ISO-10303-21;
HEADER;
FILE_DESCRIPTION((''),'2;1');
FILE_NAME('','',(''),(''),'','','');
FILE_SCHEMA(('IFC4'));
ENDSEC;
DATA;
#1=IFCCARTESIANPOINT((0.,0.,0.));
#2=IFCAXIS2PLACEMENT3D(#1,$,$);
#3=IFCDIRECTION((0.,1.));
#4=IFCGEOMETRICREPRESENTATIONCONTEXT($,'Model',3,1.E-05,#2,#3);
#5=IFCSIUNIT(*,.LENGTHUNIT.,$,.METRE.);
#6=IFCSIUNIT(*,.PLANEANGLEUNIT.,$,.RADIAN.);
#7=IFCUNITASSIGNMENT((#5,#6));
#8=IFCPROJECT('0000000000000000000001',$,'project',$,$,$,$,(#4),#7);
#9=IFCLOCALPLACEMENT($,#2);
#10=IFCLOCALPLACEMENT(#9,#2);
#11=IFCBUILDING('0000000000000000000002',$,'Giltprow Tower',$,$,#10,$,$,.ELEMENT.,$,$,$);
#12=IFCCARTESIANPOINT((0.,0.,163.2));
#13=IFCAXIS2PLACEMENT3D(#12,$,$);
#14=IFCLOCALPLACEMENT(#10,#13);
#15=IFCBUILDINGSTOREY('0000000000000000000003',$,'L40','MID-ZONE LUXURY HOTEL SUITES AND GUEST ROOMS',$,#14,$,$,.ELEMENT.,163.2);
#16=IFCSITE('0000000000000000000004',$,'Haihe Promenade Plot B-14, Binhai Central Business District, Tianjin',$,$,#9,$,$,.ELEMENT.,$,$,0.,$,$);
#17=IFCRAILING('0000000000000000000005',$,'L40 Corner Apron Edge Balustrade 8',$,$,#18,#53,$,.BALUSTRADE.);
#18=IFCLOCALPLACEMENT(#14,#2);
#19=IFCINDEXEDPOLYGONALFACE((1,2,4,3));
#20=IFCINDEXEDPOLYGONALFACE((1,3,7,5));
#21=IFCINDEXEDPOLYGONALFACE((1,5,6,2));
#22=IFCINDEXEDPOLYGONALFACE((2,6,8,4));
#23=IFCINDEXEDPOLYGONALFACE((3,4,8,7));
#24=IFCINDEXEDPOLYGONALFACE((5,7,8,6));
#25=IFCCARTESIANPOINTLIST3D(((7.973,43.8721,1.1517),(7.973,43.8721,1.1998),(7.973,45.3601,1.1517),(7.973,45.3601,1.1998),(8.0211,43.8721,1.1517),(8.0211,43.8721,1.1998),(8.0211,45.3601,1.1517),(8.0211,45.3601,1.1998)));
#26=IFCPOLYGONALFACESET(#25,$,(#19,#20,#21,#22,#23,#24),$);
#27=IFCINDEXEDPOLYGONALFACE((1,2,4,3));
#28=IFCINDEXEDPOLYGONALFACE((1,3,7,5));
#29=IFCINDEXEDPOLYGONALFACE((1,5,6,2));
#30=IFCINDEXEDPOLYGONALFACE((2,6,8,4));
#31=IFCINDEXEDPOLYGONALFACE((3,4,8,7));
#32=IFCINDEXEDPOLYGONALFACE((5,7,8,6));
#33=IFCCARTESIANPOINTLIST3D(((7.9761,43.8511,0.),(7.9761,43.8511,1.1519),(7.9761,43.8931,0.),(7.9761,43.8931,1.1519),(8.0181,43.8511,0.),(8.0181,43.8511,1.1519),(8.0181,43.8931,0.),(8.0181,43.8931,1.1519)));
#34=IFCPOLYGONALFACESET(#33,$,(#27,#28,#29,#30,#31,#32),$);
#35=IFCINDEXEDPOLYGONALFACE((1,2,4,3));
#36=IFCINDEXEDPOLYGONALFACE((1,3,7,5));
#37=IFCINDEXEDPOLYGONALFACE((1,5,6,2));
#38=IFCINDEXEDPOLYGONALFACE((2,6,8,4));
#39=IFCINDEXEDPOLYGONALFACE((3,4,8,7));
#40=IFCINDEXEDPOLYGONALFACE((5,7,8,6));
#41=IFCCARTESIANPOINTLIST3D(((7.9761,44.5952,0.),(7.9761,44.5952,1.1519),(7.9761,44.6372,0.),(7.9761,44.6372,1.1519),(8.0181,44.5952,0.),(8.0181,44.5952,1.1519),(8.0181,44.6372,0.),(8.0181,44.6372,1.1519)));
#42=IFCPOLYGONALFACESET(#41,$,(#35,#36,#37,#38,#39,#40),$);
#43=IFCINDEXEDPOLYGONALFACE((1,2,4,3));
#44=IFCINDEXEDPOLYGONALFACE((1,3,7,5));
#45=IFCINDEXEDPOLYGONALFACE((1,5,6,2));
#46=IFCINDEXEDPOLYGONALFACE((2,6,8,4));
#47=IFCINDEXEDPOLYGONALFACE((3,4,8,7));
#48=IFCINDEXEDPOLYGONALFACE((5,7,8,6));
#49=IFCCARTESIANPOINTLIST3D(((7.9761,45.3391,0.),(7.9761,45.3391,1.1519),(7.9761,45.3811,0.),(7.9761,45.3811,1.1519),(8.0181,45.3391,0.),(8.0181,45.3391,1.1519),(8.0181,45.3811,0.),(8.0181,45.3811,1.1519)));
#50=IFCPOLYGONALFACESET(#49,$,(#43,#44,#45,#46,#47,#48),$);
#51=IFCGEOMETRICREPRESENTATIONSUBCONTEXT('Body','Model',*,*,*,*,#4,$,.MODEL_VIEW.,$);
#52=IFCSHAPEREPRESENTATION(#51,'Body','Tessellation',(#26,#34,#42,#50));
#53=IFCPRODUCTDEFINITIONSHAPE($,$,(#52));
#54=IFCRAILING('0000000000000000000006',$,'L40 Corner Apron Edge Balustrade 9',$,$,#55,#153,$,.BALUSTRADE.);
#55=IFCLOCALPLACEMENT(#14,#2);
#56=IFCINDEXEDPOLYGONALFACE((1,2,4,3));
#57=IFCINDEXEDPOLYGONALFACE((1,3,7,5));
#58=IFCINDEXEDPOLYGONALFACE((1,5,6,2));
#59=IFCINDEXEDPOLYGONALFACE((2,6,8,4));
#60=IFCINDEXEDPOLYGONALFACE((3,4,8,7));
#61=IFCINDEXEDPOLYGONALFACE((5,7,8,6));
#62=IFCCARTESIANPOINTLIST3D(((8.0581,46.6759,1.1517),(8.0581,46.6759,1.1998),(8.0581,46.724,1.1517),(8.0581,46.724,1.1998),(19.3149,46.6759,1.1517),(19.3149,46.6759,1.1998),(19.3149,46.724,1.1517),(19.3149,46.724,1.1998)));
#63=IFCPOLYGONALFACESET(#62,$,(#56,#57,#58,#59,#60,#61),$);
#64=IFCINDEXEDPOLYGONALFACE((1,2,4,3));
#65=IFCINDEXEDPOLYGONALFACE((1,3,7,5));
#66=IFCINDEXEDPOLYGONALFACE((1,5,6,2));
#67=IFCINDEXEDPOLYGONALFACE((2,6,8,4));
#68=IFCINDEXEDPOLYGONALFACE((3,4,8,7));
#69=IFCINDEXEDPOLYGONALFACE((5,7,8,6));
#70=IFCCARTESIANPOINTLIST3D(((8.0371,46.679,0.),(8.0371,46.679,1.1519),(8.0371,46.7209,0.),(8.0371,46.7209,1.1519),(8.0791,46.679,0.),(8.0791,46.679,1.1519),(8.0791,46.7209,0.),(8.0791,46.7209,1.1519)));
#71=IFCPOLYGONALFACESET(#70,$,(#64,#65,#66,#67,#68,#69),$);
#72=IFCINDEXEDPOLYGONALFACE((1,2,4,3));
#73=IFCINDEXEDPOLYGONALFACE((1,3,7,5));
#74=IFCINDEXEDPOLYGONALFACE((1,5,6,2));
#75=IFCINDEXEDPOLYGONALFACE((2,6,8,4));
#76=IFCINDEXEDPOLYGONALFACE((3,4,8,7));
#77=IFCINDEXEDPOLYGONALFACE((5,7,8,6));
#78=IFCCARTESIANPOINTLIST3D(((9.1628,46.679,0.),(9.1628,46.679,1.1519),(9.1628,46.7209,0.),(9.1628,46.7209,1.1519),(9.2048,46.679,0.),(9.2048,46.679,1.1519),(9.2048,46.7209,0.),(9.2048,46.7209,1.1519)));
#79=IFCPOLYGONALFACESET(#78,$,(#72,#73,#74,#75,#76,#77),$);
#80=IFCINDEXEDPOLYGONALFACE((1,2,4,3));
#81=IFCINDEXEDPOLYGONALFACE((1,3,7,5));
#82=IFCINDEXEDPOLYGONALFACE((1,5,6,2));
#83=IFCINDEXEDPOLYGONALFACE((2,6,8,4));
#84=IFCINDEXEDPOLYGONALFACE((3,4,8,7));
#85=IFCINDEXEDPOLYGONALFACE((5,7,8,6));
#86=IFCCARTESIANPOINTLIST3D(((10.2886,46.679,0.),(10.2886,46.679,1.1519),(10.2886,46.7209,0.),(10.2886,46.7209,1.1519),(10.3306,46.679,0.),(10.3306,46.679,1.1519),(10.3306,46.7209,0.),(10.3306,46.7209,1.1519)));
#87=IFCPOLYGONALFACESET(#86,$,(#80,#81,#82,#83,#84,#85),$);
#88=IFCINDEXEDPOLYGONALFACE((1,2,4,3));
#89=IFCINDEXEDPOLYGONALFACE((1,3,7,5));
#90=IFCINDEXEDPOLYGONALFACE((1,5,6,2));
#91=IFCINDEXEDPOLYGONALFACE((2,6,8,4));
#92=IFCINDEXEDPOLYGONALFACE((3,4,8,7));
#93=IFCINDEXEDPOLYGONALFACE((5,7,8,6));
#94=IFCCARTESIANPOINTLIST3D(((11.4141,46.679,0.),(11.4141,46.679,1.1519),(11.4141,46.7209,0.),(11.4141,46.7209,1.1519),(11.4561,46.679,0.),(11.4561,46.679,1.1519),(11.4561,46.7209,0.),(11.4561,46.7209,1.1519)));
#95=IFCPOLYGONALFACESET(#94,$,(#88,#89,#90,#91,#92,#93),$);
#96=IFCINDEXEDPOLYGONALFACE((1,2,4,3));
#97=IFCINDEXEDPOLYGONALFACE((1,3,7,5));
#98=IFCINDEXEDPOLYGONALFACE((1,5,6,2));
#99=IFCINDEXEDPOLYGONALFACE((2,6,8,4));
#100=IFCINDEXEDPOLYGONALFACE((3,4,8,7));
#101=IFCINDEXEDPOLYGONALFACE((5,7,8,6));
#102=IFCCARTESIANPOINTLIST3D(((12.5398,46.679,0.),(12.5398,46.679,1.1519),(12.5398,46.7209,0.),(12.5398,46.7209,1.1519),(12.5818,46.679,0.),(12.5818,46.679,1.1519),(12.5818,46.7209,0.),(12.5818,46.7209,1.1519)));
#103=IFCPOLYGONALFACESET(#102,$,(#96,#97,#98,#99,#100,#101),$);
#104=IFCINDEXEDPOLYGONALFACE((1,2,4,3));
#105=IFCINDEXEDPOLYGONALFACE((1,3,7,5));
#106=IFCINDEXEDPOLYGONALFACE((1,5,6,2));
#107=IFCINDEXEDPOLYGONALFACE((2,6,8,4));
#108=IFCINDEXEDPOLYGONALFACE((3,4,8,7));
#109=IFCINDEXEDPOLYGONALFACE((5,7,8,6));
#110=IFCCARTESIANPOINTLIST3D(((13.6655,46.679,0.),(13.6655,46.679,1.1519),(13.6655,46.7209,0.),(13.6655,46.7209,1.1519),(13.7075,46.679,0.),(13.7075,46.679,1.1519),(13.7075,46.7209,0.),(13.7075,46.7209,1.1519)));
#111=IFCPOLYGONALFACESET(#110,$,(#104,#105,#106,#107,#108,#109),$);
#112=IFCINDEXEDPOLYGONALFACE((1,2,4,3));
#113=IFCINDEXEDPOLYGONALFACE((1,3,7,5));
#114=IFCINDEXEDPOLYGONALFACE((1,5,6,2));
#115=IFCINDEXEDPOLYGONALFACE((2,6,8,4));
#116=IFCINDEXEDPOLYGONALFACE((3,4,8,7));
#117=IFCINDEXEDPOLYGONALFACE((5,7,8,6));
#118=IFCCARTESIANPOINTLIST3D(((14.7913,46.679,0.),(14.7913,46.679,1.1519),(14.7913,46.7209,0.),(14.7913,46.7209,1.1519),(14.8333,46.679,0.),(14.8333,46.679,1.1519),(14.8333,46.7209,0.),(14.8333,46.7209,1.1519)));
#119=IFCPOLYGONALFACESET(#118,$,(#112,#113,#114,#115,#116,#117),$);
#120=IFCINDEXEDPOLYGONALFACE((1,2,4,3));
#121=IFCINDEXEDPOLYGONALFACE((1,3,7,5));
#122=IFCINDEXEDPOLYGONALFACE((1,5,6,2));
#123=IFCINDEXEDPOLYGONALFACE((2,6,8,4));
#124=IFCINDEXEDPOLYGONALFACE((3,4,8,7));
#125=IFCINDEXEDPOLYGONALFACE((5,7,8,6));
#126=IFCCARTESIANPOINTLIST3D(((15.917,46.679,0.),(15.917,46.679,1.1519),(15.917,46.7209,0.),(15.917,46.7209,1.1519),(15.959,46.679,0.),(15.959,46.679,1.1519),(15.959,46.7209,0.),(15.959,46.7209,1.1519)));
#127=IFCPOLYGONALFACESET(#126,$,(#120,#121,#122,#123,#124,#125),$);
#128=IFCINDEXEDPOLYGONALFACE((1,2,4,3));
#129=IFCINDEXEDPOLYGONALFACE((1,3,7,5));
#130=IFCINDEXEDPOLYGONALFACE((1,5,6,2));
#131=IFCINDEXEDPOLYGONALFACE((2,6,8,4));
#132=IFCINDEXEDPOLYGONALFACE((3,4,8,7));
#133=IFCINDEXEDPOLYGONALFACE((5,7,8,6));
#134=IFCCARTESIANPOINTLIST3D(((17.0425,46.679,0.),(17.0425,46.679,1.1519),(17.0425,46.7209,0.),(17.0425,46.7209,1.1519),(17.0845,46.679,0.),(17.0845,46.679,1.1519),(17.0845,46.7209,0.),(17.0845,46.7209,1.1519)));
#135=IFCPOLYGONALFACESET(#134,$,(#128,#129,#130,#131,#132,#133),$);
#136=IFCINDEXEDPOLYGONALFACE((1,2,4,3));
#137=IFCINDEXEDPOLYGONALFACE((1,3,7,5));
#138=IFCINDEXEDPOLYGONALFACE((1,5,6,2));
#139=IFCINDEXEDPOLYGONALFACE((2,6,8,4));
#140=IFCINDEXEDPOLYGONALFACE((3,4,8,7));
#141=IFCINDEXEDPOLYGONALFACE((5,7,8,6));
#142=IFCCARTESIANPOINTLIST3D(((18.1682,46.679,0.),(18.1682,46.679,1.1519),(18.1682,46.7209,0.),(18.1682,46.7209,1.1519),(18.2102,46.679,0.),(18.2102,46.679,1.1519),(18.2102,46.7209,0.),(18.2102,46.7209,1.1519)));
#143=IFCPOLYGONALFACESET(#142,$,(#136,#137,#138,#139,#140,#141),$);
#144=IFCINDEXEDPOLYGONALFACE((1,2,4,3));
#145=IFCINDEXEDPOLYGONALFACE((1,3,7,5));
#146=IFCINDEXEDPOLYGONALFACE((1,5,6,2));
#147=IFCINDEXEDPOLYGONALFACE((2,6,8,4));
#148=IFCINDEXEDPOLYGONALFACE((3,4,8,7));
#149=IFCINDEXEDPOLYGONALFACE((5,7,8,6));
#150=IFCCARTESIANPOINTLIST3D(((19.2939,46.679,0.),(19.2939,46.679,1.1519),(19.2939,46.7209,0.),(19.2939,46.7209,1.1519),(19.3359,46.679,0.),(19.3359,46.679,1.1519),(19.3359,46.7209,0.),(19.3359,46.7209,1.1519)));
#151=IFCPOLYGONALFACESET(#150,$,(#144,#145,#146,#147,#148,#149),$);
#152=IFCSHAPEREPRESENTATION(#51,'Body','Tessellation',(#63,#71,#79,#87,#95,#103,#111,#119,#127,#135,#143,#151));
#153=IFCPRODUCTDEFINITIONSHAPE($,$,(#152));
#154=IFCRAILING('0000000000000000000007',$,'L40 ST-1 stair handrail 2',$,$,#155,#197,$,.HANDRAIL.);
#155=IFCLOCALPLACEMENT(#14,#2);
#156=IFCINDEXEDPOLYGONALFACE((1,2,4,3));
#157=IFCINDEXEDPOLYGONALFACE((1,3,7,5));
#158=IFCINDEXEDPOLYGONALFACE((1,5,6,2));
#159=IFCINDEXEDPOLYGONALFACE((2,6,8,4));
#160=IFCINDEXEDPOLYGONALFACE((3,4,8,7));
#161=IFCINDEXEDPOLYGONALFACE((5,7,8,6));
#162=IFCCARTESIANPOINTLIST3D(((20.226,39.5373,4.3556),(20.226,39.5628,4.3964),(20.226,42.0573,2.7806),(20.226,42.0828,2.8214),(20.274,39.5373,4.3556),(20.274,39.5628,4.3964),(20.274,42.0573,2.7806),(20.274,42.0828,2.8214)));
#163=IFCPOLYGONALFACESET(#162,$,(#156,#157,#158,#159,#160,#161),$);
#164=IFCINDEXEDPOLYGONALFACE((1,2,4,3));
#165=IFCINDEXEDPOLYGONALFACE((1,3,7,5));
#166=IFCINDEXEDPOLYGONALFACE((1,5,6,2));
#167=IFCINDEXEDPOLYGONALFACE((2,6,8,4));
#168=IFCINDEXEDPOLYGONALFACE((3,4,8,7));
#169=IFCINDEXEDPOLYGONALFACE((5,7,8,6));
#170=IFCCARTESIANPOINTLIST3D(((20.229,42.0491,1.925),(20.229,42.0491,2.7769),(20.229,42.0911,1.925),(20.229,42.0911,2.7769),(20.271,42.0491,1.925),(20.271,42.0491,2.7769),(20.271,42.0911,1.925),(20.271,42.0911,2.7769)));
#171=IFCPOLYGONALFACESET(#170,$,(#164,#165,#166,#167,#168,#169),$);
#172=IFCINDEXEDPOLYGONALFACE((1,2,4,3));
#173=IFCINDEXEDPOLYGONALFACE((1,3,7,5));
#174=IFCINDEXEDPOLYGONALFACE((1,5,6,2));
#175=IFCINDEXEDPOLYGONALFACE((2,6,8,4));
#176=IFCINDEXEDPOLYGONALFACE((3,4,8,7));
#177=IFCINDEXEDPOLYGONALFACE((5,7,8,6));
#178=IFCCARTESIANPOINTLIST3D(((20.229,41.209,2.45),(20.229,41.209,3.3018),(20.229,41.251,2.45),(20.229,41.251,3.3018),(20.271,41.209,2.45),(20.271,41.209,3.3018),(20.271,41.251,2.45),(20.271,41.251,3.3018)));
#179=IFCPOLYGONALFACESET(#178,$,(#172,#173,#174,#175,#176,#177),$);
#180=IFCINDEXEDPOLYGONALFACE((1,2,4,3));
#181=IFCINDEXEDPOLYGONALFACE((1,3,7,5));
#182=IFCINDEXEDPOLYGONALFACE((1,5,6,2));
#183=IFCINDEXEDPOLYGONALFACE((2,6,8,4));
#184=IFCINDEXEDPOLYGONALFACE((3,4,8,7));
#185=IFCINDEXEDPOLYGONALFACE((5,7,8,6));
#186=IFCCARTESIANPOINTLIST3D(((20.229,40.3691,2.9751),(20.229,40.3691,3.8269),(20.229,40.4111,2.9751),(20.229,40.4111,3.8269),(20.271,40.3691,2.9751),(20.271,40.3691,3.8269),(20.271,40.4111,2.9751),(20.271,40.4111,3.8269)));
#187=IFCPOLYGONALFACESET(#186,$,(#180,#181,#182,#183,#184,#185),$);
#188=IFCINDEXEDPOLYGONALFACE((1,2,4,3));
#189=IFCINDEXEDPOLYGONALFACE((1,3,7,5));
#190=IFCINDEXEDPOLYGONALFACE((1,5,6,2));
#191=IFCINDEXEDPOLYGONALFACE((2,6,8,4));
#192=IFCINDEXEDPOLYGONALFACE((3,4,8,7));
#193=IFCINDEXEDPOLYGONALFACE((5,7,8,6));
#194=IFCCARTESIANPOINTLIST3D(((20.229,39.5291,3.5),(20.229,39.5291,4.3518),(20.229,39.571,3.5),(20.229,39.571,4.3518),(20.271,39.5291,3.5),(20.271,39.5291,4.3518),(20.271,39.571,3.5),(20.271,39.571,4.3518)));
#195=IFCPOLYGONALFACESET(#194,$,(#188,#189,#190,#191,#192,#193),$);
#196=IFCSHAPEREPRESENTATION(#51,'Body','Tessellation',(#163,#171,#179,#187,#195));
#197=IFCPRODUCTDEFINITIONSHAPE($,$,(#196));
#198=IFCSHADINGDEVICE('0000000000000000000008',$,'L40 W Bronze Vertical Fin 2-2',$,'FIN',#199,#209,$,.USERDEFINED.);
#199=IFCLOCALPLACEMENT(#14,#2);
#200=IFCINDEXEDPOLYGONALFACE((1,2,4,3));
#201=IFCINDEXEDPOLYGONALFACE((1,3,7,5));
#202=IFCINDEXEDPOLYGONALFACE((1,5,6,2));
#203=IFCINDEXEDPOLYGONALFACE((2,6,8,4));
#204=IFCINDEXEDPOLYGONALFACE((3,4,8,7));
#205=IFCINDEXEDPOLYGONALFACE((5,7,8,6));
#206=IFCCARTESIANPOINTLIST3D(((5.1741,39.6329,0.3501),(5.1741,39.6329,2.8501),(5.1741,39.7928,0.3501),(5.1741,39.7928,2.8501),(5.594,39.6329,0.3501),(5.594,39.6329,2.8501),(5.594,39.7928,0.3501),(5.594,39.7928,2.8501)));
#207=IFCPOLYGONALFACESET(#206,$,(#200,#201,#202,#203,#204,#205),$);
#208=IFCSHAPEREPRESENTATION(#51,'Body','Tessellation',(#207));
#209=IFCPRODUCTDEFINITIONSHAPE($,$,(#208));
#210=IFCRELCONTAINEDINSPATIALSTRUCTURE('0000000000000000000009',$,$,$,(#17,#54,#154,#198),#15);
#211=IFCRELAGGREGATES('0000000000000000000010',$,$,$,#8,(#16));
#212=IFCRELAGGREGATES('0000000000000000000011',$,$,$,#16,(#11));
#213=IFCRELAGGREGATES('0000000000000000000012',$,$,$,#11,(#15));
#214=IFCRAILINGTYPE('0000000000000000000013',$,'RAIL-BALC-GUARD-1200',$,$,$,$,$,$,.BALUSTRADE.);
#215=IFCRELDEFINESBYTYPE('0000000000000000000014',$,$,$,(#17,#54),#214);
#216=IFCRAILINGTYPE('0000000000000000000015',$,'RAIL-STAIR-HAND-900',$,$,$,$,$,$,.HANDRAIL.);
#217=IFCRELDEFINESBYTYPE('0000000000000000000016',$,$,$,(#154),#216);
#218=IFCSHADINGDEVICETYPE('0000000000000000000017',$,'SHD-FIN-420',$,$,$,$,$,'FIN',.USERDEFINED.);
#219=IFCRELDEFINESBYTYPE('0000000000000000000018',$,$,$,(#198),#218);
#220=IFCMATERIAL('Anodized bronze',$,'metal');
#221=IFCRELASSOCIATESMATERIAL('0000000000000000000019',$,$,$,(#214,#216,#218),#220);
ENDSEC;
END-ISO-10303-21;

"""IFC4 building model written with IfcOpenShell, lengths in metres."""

from ifc_helpers import new_model, si_unit, direction, frame, origin, origin_2d, place, context, subcontext, project, spatial, rectangle, extrude, source, transform, mapped, material, type_object, element, save


model = new_model("IFC4")

# Units and contexts
model_context = context("Model", 3, precision=1e-05, world=origin(), true_north=direction((0.0, 1.0)))
body_context = subcontext(model_context, "Body", "Model", "MODEL_VIEW")
ifc_project = project(units=[si_unit("LENGTHUNIT", "METRE"), si_unit("PLANEANGLEUNIT", "RADIAN")], contexts=[model_context])

# Site, building, storey
site_placement = place(None, origin())
site = spatial("IfcSite", under=ifc_project, at=site_placement, Name="Haihe Promenade Plot B-14, Binhai Central Business District, Tianjin", CompositionType="ELEMENT", RefElevation=0.0)
building_placement = place(site_placement, origin())
building = spatial("IfcBuilding", under=site, at=building_placement, Name="Giltprow Tower", CompositionType="ELEMENT")
storey_placement = place(building_placement, frame((0.0, 0.0, 163.2)))
storey = spatial("IfcBuildingStorey", under=building, at=storey_placement, Name="L40", Description="MID-ZONE LUXURY HOTEL SUITES AND GUEST ROOMS", CompositionType="ELEMENT", Elevation=163.2)

# Railings
ifc_material_1 = material(Name="Anodized bronze", Category="metal")
railing_type_1 = type_object("IfcRailingType", Name="RAIL-BALC-GUARD-1200", PredefinedType="BALUSTRADE", material=ifc_material_1)
railing_1_placement = place(storey_placement, frame((7.9971, 43.8721, 0.0)))
element("IfcRailing", 1, at=railing_1_placement, inside=storey, type_object=railing_type_1, Name="L40 Corner Apron Edge Balustrade 8", PredefinedType="BALUSTRADE", context=body_context, shape_type="SweptSolid", body=[
    extrude(rectangle(XDim=0.0481, YDim=0.0481, at=origin_2d()), frame((0.0, 0.0, 1.1758), z_axis=(0.0, 1.0, 0.0), x_axis=(-1.0, 0.0, 0.0)), (0.0, 0.0, 1.0), 1.488),
    extrude(rectangle(XDim=0.042, YDim=0.042, at=origin_2d()), origin(), (0.0, 0.0, 1.0), 1.1519),
    extrude(rectangle(XDim=0.042, YDim=0.042, at=origin_2d()), frame((0.0, 0.7441, 0.0)), (0.0, 0.0, 1.0), 1.1519),
    extrude(rectangle(XDim=0.042, YDim=0.042, at=origin_2d()), frame((0.0, 1.488, 0.0)), (0.0, 0.0, 1.0), 1.1519),
])
railing_2_placement = place(storey_placement, frame((8.0581, 46.7, 0.0)))
element("IfcRailing", 2, at=railing_2_placement, inside=storey, type_object=railing_type_1, Name="L40 Corner Apron Edge Balustrade 9", PredefinedType="BALUSTRADE", context=body_context, shape_type="SweptSolid", body=[
    extrude(rectangle(XDim=0.0481, YDim=0.0481, at=origin_2d()), frame((0.0, 0.0, 1.1758), z_axis=(1.0, 0.0, 0.0), x_axis=(0.0, 1.0, 0.0)), (0.0, 0.0, 1.0), 11.2568),
    extrude(rectangle(XDim=0.042, YDim=0.042, at=origin_2d()), origin(), (0.0, 0.0, 1.0), 1.1519),
    extrude(rectangle(XDim=0.042, YDim=0.042, at=origin_2d()), frame((1.1257, 0.0, 0.0)), (0.0, 0.0, 1.0), 1.1519),
    extrude(rectangle(XDim=0.042, YDim=0.042, at=origin_2d()), frame((2.2515, 0.0, 0.0)), (0.0, 0.0, 1.0), 1.1519),
    extrude(rectangle(XDim=0.042, YDim=0.042, at=origin_2d()), frame((3.377, 0.0, 0.0)), (0.0, 0.0, 1.0), 1.1519),
    extrude(rectangle(XDim=0.042, YDim=0.042, at=origin_2d()), frame((4.5027, 0.0, 0.0)), (0.0, 0.0, 1.0), 1.1519),
    extrude(rectangle(XDim=0.042, YDim=0.042, at=origin_2d()), frame((5.6284, 0.0, 0.0)), (0.0, 0.0, 1.0), 1.1519),
    extrude(rectangle(XDim=0.042, YDim=0.042, at=origin_2d()), frame((6.7542, 0.0, 0.0)), (0.0, 0.0, 1.0), 1.1519),
    extrude(rectangle(XDim=0.042, YDim=0.042, at=origin_2d()), frame((7.8799, 0.0, 0.0)), (0.0, 0.0, 1.0), 1.1519),
    extrude(rectangle(XDim=0.042, YDim=0.042, at=origin_2d()), frame((9.0054, 0.0, 0.0)), (0.0, 0.0, 1.0), 1.1519),
    extrude(rectangle(XDim=0.042, YDim=0.042, at=origin_2d()), frame((10.1311, 0.0, 0.0)), (0.0, 0.0, 1.0), 1.1519),
    extrude(rectangle(XDim=0.042, YDim=0.042, at=origin_2d()), frame((11.2568, 0.0, 0.0)), (0.0, 0.0, 1.0), 1.1519),
])
railing_type_2 = type_object("IfcRailingType", Name="RAIL-STAIR-HAND-900", PredefinedType="HANDRAIL", material=ifc_material_1)
railing_3_placement = place(storey_placement, frame((20.25, 42.0701, 1.925)))
element("IfcRailing", 3, at=railing_3_placement, inside=storey, type_object=railing_type_2, Name="L40 ST-1 stair handrail 2", PredefinedType="HANDRAIL", context=body_context, shape_type="SweptSolid", body=[
    extrude(rectangle(XDim=0.0481, YDim=0.0481, at=origin_2d()), frame((0.0, 0.0, 0.876), z_axis=(0.0, -0.848008, 0.529984), x_axis=(1.0, 0.0, 0.0)), (0.0, 0.0, 1.0), 2.9717),
    extrude(rectangle(XDim=0.042, YDim=0.042, at=origin_2d()), origin(), (0.0, 0.0, 1.0), 0.8518),
    extrude(rectangle(XDim=0.042, YDim=0.042, at=origin_2d()), frame((0.0, -0.8401, 0.5249)), (0.0, 0.0, 1.0), 0.8518),
    extrude(rectangle(XDim=0.042, YDim=0.042, at=origin_2d()), frame((0.0, -1.6799, 1.05)), (0.0, 0.0, 1.0), 0.8518),
    extrude(rectangle(XDim=0.042, YDim=0.042, at=origin_2d()), frame((0.0, -2.52, 1.575)), (0.0, 0.0, 1.0), 0.8518),
])

# Shading device
shading_device_type = type_object("IfcShadingDeviceType", Name="SHD-FIN-420", ElementType="FIN", PredefinedType="USERDEFINED", material=ifc_material_1)
shared_shape_1 = source(origin(), body_context, "Body", "SweptSolid", [
    extrude(rectangle(XDim=0.4199, YDim=0.1599, at=origin_2d()), origin(), (0.0, 0.0, 1.0), 2.5),
])
shading_device_placement = place(storey_placement, frame((5.384, 39.7129, 0.3501), z_axis=(0.0, 0.0, 1.0), x_axis=(1.0, 0.0, 0.0)))
element("IfcShadingDevice", 4, at=shading_device_placement, inside=storey, type_object=shading_device_type, Name="L40 W Bronze Vertical Fin 2-2", ObjectType="FIN", PredefinedType="USERDEFINED", context=body_context, shape_type="MappedRepresentation", body=[
    mapped(shared_shape_1, transform((0.0, 0.0, 0.0), x_axis=(1.0, 0.0, 0.0), y_axis=(0.0, 1.0, 0.0), z_axis=(0.0, 0.0, 1.0), scale=1.0)),
])

save(model, "model.ifc")
